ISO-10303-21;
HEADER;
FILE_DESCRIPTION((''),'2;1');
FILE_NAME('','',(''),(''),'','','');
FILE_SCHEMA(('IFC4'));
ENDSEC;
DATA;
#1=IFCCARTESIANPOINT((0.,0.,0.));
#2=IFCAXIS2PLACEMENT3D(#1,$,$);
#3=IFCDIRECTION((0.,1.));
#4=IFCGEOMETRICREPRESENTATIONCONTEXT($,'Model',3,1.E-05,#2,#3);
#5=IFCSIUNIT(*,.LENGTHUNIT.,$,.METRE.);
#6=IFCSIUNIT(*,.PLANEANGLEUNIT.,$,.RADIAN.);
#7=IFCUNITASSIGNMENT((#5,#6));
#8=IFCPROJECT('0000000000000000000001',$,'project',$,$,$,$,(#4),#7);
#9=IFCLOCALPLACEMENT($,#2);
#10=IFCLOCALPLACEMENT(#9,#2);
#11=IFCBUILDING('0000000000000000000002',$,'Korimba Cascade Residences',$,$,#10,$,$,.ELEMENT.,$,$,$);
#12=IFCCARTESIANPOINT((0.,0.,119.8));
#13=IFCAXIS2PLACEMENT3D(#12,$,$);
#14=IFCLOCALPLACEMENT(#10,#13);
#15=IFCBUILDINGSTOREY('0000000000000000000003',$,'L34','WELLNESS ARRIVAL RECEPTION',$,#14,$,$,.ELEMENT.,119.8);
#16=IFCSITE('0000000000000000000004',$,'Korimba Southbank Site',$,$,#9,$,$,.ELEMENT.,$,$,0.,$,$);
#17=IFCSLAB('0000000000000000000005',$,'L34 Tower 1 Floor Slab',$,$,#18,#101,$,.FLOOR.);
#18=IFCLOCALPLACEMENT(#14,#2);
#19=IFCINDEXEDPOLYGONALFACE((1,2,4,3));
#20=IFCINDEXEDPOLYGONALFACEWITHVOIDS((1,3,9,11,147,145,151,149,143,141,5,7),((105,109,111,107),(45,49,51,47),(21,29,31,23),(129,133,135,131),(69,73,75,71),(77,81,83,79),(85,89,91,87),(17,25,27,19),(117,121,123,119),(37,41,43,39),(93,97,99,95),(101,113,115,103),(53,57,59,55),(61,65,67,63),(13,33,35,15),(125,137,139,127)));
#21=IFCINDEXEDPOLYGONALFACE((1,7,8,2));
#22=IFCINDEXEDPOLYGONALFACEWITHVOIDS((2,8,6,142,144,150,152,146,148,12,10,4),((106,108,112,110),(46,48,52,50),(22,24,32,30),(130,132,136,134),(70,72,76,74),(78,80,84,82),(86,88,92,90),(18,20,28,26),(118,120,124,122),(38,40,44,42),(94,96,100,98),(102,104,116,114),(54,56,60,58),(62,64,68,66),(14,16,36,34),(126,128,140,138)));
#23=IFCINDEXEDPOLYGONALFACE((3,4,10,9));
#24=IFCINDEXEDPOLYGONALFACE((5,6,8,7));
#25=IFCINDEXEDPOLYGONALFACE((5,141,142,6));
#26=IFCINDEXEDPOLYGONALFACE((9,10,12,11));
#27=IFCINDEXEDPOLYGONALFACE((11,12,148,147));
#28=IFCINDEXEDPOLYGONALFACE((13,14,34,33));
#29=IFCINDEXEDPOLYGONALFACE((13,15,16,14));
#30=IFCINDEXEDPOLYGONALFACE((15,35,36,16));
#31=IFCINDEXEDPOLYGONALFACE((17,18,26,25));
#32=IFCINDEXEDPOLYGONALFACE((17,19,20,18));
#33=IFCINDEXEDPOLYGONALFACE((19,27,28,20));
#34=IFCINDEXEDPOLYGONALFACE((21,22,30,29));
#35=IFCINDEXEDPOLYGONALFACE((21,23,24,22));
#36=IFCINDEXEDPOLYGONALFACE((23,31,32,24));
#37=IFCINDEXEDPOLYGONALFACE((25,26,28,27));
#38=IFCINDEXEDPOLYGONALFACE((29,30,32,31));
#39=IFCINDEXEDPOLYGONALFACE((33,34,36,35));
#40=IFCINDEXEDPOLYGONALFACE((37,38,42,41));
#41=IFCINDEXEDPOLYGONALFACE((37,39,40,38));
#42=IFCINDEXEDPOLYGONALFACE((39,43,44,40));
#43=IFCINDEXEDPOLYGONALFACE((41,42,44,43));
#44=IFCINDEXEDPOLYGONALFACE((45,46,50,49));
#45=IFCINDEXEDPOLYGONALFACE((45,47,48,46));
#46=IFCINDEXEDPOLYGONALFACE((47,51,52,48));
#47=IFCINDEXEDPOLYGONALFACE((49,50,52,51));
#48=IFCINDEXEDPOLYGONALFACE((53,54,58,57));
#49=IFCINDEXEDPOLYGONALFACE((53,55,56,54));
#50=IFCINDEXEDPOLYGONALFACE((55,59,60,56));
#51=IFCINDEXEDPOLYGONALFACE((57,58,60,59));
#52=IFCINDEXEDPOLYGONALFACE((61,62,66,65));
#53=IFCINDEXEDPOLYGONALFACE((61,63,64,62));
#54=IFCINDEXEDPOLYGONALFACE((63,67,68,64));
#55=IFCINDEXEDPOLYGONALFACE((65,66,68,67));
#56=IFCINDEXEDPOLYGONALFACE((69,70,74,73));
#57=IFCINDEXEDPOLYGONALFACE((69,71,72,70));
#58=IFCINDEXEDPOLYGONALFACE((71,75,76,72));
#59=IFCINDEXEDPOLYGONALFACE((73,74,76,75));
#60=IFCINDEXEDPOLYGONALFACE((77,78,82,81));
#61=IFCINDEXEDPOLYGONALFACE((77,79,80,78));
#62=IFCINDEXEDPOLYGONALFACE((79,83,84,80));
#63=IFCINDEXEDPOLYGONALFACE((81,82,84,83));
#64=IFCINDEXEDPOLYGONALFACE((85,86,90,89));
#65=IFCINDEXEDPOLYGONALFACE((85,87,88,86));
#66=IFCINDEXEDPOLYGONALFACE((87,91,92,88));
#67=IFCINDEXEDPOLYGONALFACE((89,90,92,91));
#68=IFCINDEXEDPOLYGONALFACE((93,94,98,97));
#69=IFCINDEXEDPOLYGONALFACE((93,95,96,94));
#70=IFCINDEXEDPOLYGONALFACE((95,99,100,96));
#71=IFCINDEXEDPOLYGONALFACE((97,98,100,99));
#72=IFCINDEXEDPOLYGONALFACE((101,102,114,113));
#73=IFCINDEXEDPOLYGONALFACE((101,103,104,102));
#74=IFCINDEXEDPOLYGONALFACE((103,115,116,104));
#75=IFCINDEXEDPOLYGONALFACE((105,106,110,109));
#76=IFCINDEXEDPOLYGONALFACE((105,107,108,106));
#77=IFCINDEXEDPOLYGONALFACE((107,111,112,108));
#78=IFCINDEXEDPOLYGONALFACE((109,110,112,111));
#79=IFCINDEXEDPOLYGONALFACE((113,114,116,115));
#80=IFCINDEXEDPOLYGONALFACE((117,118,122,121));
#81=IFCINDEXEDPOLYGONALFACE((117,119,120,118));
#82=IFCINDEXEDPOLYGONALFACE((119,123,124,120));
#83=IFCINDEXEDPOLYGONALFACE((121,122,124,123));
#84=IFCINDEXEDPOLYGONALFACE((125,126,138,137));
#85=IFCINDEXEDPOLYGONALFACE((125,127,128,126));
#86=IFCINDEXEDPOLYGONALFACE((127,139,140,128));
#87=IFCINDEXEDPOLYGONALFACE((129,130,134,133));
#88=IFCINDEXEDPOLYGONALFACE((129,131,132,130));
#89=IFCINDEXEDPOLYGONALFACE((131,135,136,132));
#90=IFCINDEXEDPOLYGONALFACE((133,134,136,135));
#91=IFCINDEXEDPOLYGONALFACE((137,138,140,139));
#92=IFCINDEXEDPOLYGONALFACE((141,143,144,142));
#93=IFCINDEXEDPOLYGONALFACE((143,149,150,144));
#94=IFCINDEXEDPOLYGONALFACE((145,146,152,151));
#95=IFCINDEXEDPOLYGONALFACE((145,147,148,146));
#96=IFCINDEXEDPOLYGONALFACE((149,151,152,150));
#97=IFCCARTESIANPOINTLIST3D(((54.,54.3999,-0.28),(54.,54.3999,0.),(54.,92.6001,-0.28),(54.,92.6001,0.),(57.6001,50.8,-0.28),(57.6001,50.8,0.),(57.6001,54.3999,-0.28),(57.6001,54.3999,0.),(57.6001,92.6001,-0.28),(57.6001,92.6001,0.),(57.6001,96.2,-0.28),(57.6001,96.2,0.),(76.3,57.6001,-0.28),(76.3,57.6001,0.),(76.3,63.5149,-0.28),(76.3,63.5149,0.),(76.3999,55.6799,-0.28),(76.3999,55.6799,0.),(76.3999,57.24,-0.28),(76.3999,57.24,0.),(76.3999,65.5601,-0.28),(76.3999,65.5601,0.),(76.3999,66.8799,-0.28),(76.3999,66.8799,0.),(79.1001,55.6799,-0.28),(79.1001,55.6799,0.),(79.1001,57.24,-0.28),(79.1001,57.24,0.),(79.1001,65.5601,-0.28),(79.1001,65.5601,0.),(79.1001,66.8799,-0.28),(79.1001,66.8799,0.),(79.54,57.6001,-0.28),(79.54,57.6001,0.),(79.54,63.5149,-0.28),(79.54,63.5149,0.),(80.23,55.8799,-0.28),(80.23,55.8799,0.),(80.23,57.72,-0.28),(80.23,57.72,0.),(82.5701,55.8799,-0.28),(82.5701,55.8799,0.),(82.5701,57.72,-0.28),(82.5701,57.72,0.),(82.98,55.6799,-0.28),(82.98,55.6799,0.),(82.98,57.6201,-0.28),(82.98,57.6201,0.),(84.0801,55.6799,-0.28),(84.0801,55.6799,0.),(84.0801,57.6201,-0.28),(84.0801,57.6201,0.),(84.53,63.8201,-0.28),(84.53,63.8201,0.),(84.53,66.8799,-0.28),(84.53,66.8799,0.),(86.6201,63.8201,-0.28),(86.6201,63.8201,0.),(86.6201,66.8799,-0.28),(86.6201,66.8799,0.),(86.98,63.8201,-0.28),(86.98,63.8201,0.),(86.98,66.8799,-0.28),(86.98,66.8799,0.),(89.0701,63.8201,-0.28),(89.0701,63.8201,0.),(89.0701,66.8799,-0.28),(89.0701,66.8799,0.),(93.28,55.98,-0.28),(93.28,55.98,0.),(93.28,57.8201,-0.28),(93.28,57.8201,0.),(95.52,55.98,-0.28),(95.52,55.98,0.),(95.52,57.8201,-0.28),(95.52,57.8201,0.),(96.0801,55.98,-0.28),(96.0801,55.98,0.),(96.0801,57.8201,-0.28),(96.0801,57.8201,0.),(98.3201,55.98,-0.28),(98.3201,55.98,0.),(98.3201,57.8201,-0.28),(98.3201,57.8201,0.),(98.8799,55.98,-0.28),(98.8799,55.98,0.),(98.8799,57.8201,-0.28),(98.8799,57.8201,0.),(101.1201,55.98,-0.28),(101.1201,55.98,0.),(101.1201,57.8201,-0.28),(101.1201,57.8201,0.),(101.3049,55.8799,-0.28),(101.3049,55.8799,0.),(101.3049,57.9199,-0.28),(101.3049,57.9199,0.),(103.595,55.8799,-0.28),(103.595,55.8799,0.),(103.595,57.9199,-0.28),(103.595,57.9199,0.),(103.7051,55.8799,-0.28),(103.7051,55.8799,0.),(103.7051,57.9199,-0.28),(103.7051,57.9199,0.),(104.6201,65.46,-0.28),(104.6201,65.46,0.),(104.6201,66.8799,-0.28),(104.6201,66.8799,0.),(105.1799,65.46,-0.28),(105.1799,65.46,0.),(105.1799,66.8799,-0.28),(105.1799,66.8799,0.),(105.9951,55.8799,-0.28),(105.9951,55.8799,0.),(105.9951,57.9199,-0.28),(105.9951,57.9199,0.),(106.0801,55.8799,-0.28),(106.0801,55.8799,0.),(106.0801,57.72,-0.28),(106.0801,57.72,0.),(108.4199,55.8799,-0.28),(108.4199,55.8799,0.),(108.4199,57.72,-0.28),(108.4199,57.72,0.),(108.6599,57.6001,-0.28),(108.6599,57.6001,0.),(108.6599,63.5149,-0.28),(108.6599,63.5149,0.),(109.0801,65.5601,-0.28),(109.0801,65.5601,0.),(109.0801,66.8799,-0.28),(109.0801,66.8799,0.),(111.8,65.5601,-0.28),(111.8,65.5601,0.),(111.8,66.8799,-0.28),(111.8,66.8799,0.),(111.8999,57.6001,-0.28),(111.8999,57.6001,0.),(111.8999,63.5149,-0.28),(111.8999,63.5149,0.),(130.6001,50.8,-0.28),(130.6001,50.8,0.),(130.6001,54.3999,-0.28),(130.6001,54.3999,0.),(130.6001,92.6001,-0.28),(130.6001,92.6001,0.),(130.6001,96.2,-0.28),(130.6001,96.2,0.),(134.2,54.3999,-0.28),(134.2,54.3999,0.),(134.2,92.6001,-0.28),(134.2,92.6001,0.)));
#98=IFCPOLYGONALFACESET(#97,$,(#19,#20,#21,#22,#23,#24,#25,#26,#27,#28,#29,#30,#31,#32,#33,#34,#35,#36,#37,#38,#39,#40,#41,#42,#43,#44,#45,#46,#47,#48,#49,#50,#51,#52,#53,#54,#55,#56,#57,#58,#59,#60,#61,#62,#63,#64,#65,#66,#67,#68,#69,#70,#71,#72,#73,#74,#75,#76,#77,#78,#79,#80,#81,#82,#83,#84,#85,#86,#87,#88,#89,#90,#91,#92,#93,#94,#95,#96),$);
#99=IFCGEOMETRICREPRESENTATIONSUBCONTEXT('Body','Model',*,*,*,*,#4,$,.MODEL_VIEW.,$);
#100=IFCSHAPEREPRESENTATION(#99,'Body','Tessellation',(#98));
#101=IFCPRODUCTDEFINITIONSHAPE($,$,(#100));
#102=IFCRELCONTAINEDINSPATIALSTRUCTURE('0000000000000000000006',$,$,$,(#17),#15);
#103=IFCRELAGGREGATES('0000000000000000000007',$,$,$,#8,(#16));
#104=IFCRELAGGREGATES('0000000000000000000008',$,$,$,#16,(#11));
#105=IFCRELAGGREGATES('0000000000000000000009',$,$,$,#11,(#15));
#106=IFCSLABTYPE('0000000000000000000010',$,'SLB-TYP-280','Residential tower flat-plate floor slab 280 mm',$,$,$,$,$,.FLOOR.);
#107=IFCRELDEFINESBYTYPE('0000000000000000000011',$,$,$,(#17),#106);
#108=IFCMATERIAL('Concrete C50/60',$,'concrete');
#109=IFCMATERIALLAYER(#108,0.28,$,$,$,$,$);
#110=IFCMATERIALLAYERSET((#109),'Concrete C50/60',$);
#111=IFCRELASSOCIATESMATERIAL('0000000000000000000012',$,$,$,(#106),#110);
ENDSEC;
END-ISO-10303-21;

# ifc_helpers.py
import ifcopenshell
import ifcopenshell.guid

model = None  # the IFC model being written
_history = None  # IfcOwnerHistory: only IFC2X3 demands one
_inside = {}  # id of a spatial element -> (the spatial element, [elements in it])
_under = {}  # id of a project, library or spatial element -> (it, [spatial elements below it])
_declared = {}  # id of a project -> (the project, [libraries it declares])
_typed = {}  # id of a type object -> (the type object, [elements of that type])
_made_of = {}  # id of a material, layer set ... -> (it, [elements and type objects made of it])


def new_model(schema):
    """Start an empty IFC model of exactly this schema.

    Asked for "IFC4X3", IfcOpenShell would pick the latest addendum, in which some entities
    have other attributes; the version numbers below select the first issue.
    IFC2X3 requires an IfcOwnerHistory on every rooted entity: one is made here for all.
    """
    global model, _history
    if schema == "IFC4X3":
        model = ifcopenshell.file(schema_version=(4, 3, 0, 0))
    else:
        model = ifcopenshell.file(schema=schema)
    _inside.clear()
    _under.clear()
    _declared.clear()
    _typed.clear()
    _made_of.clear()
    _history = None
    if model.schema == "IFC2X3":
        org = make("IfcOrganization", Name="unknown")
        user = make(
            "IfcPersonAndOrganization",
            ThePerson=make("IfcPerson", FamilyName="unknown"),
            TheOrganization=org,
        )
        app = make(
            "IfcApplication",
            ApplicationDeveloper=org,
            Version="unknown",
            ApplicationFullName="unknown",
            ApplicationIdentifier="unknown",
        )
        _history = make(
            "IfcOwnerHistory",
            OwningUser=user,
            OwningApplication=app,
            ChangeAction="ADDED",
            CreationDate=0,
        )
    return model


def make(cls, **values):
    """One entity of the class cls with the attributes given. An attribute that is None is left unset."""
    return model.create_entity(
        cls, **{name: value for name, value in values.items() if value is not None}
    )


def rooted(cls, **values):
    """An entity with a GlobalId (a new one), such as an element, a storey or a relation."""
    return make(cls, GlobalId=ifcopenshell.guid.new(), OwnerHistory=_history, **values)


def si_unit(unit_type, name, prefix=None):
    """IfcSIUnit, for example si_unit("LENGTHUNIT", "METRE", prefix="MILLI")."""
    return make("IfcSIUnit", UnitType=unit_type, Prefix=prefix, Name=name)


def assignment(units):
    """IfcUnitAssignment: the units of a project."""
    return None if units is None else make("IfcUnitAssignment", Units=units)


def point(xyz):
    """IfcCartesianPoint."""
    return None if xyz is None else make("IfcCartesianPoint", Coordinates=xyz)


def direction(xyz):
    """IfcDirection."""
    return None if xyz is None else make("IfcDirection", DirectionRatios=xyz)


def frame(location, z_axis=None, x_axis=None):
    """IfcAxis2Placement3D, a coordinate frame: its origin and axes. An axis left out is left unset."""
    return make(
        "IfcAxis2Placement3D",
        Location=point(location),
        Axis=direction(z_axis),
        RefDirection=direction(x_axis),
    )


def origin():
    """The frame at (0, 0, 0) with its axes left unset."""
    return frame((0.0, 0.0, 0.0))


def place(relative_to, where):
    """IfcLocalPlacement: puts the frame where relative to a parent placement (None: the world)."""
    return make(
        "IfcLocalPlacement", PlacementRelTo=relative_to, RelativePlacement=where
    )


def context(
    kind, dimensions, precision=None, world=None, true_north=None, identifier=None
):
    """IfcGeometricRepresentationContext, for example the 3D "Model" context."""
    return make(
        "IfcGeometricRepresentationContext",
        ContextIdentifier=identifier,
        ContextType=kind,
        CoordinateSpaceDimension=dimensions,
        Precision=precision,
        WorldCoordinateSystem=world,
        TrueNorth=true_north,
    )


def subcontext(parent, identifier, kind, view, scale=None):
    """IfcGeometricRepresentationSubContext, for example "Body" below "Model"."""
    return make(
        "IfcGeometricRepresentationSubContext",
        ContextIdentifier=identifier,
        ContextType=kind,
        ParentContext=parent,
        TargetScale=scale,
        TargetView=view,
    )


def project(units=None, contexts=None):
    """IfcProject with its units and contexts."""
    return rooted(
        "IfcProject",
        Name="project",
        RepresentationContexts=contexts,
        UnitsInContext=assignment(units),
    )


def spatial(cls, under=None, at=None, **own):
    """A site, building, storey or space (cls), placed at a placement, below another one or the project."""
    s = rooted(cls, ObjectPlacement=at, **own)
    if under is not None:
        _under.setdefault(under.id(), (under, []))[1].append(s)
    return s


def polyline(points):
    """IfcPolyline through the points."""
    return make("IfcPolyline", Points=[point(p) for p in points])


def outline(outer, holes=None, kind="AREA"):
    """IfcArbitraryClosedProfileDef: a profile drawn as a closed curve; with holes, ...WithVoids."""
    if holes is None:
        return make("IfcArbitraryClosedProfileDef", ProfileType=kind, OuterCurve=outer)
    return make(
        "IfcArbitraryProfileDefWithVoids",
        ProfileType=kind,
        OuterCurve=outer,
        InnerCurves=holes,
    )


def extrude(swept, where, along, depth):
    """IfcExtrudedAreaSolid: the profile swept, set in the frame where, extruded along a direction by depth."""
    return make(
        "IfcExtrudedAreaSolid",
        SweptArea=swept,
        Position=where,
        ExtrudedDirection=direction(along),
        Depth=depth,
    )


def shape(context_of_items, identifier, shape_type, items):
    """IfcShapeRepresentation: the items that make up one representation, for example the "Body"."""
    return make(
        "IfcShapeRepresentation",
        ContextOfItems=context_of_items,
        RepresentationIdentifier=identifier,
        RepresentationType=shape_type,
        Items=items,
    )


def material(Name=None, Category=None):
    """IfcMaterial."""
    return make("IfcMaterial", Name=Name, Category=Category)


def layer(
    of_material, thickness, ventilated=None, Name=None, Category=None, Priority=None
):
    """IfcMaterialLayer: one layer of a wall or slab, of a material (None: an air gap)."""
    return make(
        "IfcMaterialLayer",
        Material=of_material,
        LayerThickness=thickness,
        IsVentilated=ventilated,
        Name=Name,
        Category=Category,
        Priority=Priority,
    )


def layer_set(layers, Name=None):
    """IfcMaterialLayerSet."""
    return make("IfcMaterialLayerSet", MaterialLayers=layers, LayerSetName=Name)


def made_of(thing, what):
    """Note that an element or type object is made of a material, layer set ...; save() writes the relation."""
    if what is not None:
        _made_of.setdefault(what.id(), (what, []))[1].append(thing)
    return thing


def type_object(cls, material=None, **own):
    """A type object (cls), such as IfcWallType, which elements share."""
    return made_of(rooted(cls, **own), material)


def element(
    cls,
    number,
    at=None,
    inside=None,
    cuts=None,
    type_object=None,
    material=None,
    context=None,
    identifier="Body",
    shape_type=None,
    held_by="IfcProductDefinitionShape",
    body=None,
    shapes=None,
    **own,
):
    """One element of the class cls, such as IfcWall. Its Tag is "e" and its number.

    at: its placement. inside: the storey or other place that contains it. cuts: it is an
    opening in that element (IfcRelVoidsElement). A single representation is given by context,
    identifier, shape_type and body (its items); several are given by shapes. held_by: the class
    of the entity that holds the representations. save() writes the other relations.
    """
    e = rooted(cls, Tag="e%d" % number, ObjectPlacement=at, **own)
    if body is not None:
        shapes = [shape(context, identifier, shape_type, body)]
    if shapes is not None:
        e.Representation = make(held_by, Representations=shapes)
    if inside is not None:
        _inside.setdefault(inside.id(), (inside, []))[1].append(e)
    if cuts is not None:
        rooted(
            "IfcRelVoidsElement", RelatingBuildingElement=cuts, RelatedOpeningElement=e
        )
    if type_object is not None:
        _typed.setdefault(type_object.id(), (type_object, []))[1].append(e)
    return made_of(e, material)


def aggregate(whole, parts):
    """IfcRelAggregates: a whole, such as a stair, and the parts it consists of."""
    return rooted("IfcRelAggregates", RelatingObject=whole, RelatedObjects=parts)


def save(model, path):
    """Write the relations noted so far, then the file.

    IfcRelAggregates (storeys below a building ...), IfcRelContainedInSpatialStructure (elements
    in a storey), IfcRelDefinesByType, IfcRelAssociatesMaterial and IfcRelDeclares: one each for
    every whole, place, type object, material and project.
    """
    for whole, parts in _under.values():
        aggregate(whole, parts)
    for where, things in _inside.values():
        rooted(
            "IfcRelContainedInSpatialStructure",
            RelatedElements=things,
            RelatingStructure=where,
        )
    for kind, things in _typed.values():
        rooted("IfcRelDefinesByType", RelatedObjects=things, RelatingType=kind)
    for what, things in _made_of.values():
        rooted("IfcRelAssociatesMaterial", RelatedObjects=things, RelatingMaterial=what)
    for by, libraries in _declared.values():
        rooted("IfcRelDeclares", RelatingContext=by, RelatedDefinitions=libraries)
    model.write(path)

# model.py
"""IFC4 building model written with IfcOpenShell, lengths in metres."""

from ifc_helpers import new_model, si_unit, direction, frame, origin, place, context, subcontext, project, spatial, polyline, outline, extrude, material, layer, layer_set, type_object, element, save


model = new_model("IFC4")

# Units and contexts
model_context = context("Model", 3, precision=1e-05, world=origin(), true_north=direction((0.0, 1.0)))
body_context = subcontext(model_context, "Body", "Model", "MODEL_VIEW")
ifc_project = project(units=[si_unit("LENGTHUNIT", "METRE"), si_unit("PLANEANGLEUNIT", "RADIAN")], contexts=[model_context])

# Site, building, storey
site_placement = place(None, origin())
site = spatial("IfcSite", under=ifc_project, at=site_placement, Name="Korimba Southbank Site", CompositionType="ELEMENT", RefElevation=0.0)
building_placement = place(site_placement, origin())
building = spatial("IfcBuilding", under=site, at=building_placement, Name="Korimba Cascade Residences", CompositionType="ELEMENT")
storey_placement = place(building_placement, frame((0.0, 0.0, 119.8)))
storey = spatial("IfcBuildingStorey", under=building, at=storey_placement, Name="L34", Description="WELLNESS ARRIVAL RECEPTION", CompositionType="ELEMENT", Elevation=119.8)

# Shared definitions
ifc_material_1 = material(Name="Concrete C50/60", Category="concrete")

# Slab
ifc_layer_1 = layer(ifc_material_1, 0.28)
ifc_layer_set_1 = layer_set([ifc_layer_1], Name="Concrete C50/60")
slab_type_1 = type_object("IfcSlabType", Name="SLB-TYP-280", Description="Residential tower flat-plate floor slab 280 mm", PredefinedType="FLOOR", material=ifc_layer_set_1)
slab_1_placement = place(storey_placement, frame((0.0, 0.0, -0.28)))
element("IfcSlab", 1, at=slab_1_placement, inside=storey, type_object=slab_type_1, Name="L34 Tower 1 Floor Slab", PredefinedType="FLOOR", context=body_context, shape_type="SweptSolid", body=[
    extrude(outline(polyline([(57.6001, 50.8), (130.6001, 50.8), (130.6001, 54.3999), (134.2, 54.3999), (134.2, 92.6001), (130.6001, 92.6001), (130.6001, 96.2), (57.6001, 96.2), (57.6001, 92.6001), (54.0, 92.6001), (54.0, 54.3999), (57.6001, 54.3999), (57.6001, 50.8)]), holes=[polyline([(76.3, 63.5149), (76.3, 57.6001), (79.54, 57.6001), (79.54, 63.5149), (76.3, 63.5149)]), polyline([(108.6599, 63.5149), (108.6599, 57.6001), (111.8999, 57.6001), (111.8999, 63.5149), (108.6599, 63.5149)]), polyline([(80.23, 55.8799), (82.5701, 55.8799), (82.5701, 57.72), (80.23, 57.72), (80.23, 55.8799)]), polyline([(106.0801, 55.8799), (108.4199, 55.8799), (108.4199, 57.72), (106.0801, 57.72), (106.0801, 55.8799)]), polyline([(93.28, 55.98), (95.52, 55.98), (95.52, 57.8201), (93.28, 57.8201), (93.28, 55.98)]), polyline([(96.0801, 55.98), (98.3201, 55.98), (98.3201, 57.8201), (96.0801, 57.8201), (96.0801, 55.98)]), polyline([(98.8799, 55.98), (101.1201, 55.98), (101.1201, 57.8201), (98.8799, 57.8201), (98.8799, 55.98)]), polyline([(101.3049, 55.8799), (103.595, 55.8799), (103.595, 57.9199), (101.3049, 57.9199), (101.3049, 55.8799)]), polyline([(103.7051, 55.8799), (105.9951, 55.8799), (105.9951, 57.9199), (103.7051, 57.9199), (103.7051, 55.8799)]), polyline([(82.98, 55.6799), (84.0801, 55.6799), (84.0801, 57.6201), (82.98, 57.6201), (82.98, 55.6799)]), polyline([(76.3999, 65.5601), (79.1001, 65.5601), (79.1001, 66.8799), (76.3999, 66.8799), (76.3999, 65.5601)]), polyline([(76.3999, 55.6799), (79.1001, 55.6799), (79.1001, 57.24), (76.3999, 57.24), (76.3999, 55.6799)]), polyline([(84.53, 63.8201), (86.6201, 63.8201), (86.6201, 66.8799), (84.53, 66.8799), (84.53, 63.8201)]), polyline([(86.98, 63.8201), (89.0701, 63.8201), (89.0701, 66.8799), (86.98, 66.8799), (86.98, 63.8201)]), polyline([(104.6201, 65.46), (105.1799, 65.46), (105.1799, 66.8799), (104.6201, 66.8799), (104.6201, 65.46)]), polyline([(109.0801, 65.5601), (111.8, 65.5601), (111.8, 66.8799), (109.0801, 66.8799), (109.0801, 65.5601)])]), origin(), (0.0, 0.0, 1.0), 0.28),
])

save(model, "model.ifc")
